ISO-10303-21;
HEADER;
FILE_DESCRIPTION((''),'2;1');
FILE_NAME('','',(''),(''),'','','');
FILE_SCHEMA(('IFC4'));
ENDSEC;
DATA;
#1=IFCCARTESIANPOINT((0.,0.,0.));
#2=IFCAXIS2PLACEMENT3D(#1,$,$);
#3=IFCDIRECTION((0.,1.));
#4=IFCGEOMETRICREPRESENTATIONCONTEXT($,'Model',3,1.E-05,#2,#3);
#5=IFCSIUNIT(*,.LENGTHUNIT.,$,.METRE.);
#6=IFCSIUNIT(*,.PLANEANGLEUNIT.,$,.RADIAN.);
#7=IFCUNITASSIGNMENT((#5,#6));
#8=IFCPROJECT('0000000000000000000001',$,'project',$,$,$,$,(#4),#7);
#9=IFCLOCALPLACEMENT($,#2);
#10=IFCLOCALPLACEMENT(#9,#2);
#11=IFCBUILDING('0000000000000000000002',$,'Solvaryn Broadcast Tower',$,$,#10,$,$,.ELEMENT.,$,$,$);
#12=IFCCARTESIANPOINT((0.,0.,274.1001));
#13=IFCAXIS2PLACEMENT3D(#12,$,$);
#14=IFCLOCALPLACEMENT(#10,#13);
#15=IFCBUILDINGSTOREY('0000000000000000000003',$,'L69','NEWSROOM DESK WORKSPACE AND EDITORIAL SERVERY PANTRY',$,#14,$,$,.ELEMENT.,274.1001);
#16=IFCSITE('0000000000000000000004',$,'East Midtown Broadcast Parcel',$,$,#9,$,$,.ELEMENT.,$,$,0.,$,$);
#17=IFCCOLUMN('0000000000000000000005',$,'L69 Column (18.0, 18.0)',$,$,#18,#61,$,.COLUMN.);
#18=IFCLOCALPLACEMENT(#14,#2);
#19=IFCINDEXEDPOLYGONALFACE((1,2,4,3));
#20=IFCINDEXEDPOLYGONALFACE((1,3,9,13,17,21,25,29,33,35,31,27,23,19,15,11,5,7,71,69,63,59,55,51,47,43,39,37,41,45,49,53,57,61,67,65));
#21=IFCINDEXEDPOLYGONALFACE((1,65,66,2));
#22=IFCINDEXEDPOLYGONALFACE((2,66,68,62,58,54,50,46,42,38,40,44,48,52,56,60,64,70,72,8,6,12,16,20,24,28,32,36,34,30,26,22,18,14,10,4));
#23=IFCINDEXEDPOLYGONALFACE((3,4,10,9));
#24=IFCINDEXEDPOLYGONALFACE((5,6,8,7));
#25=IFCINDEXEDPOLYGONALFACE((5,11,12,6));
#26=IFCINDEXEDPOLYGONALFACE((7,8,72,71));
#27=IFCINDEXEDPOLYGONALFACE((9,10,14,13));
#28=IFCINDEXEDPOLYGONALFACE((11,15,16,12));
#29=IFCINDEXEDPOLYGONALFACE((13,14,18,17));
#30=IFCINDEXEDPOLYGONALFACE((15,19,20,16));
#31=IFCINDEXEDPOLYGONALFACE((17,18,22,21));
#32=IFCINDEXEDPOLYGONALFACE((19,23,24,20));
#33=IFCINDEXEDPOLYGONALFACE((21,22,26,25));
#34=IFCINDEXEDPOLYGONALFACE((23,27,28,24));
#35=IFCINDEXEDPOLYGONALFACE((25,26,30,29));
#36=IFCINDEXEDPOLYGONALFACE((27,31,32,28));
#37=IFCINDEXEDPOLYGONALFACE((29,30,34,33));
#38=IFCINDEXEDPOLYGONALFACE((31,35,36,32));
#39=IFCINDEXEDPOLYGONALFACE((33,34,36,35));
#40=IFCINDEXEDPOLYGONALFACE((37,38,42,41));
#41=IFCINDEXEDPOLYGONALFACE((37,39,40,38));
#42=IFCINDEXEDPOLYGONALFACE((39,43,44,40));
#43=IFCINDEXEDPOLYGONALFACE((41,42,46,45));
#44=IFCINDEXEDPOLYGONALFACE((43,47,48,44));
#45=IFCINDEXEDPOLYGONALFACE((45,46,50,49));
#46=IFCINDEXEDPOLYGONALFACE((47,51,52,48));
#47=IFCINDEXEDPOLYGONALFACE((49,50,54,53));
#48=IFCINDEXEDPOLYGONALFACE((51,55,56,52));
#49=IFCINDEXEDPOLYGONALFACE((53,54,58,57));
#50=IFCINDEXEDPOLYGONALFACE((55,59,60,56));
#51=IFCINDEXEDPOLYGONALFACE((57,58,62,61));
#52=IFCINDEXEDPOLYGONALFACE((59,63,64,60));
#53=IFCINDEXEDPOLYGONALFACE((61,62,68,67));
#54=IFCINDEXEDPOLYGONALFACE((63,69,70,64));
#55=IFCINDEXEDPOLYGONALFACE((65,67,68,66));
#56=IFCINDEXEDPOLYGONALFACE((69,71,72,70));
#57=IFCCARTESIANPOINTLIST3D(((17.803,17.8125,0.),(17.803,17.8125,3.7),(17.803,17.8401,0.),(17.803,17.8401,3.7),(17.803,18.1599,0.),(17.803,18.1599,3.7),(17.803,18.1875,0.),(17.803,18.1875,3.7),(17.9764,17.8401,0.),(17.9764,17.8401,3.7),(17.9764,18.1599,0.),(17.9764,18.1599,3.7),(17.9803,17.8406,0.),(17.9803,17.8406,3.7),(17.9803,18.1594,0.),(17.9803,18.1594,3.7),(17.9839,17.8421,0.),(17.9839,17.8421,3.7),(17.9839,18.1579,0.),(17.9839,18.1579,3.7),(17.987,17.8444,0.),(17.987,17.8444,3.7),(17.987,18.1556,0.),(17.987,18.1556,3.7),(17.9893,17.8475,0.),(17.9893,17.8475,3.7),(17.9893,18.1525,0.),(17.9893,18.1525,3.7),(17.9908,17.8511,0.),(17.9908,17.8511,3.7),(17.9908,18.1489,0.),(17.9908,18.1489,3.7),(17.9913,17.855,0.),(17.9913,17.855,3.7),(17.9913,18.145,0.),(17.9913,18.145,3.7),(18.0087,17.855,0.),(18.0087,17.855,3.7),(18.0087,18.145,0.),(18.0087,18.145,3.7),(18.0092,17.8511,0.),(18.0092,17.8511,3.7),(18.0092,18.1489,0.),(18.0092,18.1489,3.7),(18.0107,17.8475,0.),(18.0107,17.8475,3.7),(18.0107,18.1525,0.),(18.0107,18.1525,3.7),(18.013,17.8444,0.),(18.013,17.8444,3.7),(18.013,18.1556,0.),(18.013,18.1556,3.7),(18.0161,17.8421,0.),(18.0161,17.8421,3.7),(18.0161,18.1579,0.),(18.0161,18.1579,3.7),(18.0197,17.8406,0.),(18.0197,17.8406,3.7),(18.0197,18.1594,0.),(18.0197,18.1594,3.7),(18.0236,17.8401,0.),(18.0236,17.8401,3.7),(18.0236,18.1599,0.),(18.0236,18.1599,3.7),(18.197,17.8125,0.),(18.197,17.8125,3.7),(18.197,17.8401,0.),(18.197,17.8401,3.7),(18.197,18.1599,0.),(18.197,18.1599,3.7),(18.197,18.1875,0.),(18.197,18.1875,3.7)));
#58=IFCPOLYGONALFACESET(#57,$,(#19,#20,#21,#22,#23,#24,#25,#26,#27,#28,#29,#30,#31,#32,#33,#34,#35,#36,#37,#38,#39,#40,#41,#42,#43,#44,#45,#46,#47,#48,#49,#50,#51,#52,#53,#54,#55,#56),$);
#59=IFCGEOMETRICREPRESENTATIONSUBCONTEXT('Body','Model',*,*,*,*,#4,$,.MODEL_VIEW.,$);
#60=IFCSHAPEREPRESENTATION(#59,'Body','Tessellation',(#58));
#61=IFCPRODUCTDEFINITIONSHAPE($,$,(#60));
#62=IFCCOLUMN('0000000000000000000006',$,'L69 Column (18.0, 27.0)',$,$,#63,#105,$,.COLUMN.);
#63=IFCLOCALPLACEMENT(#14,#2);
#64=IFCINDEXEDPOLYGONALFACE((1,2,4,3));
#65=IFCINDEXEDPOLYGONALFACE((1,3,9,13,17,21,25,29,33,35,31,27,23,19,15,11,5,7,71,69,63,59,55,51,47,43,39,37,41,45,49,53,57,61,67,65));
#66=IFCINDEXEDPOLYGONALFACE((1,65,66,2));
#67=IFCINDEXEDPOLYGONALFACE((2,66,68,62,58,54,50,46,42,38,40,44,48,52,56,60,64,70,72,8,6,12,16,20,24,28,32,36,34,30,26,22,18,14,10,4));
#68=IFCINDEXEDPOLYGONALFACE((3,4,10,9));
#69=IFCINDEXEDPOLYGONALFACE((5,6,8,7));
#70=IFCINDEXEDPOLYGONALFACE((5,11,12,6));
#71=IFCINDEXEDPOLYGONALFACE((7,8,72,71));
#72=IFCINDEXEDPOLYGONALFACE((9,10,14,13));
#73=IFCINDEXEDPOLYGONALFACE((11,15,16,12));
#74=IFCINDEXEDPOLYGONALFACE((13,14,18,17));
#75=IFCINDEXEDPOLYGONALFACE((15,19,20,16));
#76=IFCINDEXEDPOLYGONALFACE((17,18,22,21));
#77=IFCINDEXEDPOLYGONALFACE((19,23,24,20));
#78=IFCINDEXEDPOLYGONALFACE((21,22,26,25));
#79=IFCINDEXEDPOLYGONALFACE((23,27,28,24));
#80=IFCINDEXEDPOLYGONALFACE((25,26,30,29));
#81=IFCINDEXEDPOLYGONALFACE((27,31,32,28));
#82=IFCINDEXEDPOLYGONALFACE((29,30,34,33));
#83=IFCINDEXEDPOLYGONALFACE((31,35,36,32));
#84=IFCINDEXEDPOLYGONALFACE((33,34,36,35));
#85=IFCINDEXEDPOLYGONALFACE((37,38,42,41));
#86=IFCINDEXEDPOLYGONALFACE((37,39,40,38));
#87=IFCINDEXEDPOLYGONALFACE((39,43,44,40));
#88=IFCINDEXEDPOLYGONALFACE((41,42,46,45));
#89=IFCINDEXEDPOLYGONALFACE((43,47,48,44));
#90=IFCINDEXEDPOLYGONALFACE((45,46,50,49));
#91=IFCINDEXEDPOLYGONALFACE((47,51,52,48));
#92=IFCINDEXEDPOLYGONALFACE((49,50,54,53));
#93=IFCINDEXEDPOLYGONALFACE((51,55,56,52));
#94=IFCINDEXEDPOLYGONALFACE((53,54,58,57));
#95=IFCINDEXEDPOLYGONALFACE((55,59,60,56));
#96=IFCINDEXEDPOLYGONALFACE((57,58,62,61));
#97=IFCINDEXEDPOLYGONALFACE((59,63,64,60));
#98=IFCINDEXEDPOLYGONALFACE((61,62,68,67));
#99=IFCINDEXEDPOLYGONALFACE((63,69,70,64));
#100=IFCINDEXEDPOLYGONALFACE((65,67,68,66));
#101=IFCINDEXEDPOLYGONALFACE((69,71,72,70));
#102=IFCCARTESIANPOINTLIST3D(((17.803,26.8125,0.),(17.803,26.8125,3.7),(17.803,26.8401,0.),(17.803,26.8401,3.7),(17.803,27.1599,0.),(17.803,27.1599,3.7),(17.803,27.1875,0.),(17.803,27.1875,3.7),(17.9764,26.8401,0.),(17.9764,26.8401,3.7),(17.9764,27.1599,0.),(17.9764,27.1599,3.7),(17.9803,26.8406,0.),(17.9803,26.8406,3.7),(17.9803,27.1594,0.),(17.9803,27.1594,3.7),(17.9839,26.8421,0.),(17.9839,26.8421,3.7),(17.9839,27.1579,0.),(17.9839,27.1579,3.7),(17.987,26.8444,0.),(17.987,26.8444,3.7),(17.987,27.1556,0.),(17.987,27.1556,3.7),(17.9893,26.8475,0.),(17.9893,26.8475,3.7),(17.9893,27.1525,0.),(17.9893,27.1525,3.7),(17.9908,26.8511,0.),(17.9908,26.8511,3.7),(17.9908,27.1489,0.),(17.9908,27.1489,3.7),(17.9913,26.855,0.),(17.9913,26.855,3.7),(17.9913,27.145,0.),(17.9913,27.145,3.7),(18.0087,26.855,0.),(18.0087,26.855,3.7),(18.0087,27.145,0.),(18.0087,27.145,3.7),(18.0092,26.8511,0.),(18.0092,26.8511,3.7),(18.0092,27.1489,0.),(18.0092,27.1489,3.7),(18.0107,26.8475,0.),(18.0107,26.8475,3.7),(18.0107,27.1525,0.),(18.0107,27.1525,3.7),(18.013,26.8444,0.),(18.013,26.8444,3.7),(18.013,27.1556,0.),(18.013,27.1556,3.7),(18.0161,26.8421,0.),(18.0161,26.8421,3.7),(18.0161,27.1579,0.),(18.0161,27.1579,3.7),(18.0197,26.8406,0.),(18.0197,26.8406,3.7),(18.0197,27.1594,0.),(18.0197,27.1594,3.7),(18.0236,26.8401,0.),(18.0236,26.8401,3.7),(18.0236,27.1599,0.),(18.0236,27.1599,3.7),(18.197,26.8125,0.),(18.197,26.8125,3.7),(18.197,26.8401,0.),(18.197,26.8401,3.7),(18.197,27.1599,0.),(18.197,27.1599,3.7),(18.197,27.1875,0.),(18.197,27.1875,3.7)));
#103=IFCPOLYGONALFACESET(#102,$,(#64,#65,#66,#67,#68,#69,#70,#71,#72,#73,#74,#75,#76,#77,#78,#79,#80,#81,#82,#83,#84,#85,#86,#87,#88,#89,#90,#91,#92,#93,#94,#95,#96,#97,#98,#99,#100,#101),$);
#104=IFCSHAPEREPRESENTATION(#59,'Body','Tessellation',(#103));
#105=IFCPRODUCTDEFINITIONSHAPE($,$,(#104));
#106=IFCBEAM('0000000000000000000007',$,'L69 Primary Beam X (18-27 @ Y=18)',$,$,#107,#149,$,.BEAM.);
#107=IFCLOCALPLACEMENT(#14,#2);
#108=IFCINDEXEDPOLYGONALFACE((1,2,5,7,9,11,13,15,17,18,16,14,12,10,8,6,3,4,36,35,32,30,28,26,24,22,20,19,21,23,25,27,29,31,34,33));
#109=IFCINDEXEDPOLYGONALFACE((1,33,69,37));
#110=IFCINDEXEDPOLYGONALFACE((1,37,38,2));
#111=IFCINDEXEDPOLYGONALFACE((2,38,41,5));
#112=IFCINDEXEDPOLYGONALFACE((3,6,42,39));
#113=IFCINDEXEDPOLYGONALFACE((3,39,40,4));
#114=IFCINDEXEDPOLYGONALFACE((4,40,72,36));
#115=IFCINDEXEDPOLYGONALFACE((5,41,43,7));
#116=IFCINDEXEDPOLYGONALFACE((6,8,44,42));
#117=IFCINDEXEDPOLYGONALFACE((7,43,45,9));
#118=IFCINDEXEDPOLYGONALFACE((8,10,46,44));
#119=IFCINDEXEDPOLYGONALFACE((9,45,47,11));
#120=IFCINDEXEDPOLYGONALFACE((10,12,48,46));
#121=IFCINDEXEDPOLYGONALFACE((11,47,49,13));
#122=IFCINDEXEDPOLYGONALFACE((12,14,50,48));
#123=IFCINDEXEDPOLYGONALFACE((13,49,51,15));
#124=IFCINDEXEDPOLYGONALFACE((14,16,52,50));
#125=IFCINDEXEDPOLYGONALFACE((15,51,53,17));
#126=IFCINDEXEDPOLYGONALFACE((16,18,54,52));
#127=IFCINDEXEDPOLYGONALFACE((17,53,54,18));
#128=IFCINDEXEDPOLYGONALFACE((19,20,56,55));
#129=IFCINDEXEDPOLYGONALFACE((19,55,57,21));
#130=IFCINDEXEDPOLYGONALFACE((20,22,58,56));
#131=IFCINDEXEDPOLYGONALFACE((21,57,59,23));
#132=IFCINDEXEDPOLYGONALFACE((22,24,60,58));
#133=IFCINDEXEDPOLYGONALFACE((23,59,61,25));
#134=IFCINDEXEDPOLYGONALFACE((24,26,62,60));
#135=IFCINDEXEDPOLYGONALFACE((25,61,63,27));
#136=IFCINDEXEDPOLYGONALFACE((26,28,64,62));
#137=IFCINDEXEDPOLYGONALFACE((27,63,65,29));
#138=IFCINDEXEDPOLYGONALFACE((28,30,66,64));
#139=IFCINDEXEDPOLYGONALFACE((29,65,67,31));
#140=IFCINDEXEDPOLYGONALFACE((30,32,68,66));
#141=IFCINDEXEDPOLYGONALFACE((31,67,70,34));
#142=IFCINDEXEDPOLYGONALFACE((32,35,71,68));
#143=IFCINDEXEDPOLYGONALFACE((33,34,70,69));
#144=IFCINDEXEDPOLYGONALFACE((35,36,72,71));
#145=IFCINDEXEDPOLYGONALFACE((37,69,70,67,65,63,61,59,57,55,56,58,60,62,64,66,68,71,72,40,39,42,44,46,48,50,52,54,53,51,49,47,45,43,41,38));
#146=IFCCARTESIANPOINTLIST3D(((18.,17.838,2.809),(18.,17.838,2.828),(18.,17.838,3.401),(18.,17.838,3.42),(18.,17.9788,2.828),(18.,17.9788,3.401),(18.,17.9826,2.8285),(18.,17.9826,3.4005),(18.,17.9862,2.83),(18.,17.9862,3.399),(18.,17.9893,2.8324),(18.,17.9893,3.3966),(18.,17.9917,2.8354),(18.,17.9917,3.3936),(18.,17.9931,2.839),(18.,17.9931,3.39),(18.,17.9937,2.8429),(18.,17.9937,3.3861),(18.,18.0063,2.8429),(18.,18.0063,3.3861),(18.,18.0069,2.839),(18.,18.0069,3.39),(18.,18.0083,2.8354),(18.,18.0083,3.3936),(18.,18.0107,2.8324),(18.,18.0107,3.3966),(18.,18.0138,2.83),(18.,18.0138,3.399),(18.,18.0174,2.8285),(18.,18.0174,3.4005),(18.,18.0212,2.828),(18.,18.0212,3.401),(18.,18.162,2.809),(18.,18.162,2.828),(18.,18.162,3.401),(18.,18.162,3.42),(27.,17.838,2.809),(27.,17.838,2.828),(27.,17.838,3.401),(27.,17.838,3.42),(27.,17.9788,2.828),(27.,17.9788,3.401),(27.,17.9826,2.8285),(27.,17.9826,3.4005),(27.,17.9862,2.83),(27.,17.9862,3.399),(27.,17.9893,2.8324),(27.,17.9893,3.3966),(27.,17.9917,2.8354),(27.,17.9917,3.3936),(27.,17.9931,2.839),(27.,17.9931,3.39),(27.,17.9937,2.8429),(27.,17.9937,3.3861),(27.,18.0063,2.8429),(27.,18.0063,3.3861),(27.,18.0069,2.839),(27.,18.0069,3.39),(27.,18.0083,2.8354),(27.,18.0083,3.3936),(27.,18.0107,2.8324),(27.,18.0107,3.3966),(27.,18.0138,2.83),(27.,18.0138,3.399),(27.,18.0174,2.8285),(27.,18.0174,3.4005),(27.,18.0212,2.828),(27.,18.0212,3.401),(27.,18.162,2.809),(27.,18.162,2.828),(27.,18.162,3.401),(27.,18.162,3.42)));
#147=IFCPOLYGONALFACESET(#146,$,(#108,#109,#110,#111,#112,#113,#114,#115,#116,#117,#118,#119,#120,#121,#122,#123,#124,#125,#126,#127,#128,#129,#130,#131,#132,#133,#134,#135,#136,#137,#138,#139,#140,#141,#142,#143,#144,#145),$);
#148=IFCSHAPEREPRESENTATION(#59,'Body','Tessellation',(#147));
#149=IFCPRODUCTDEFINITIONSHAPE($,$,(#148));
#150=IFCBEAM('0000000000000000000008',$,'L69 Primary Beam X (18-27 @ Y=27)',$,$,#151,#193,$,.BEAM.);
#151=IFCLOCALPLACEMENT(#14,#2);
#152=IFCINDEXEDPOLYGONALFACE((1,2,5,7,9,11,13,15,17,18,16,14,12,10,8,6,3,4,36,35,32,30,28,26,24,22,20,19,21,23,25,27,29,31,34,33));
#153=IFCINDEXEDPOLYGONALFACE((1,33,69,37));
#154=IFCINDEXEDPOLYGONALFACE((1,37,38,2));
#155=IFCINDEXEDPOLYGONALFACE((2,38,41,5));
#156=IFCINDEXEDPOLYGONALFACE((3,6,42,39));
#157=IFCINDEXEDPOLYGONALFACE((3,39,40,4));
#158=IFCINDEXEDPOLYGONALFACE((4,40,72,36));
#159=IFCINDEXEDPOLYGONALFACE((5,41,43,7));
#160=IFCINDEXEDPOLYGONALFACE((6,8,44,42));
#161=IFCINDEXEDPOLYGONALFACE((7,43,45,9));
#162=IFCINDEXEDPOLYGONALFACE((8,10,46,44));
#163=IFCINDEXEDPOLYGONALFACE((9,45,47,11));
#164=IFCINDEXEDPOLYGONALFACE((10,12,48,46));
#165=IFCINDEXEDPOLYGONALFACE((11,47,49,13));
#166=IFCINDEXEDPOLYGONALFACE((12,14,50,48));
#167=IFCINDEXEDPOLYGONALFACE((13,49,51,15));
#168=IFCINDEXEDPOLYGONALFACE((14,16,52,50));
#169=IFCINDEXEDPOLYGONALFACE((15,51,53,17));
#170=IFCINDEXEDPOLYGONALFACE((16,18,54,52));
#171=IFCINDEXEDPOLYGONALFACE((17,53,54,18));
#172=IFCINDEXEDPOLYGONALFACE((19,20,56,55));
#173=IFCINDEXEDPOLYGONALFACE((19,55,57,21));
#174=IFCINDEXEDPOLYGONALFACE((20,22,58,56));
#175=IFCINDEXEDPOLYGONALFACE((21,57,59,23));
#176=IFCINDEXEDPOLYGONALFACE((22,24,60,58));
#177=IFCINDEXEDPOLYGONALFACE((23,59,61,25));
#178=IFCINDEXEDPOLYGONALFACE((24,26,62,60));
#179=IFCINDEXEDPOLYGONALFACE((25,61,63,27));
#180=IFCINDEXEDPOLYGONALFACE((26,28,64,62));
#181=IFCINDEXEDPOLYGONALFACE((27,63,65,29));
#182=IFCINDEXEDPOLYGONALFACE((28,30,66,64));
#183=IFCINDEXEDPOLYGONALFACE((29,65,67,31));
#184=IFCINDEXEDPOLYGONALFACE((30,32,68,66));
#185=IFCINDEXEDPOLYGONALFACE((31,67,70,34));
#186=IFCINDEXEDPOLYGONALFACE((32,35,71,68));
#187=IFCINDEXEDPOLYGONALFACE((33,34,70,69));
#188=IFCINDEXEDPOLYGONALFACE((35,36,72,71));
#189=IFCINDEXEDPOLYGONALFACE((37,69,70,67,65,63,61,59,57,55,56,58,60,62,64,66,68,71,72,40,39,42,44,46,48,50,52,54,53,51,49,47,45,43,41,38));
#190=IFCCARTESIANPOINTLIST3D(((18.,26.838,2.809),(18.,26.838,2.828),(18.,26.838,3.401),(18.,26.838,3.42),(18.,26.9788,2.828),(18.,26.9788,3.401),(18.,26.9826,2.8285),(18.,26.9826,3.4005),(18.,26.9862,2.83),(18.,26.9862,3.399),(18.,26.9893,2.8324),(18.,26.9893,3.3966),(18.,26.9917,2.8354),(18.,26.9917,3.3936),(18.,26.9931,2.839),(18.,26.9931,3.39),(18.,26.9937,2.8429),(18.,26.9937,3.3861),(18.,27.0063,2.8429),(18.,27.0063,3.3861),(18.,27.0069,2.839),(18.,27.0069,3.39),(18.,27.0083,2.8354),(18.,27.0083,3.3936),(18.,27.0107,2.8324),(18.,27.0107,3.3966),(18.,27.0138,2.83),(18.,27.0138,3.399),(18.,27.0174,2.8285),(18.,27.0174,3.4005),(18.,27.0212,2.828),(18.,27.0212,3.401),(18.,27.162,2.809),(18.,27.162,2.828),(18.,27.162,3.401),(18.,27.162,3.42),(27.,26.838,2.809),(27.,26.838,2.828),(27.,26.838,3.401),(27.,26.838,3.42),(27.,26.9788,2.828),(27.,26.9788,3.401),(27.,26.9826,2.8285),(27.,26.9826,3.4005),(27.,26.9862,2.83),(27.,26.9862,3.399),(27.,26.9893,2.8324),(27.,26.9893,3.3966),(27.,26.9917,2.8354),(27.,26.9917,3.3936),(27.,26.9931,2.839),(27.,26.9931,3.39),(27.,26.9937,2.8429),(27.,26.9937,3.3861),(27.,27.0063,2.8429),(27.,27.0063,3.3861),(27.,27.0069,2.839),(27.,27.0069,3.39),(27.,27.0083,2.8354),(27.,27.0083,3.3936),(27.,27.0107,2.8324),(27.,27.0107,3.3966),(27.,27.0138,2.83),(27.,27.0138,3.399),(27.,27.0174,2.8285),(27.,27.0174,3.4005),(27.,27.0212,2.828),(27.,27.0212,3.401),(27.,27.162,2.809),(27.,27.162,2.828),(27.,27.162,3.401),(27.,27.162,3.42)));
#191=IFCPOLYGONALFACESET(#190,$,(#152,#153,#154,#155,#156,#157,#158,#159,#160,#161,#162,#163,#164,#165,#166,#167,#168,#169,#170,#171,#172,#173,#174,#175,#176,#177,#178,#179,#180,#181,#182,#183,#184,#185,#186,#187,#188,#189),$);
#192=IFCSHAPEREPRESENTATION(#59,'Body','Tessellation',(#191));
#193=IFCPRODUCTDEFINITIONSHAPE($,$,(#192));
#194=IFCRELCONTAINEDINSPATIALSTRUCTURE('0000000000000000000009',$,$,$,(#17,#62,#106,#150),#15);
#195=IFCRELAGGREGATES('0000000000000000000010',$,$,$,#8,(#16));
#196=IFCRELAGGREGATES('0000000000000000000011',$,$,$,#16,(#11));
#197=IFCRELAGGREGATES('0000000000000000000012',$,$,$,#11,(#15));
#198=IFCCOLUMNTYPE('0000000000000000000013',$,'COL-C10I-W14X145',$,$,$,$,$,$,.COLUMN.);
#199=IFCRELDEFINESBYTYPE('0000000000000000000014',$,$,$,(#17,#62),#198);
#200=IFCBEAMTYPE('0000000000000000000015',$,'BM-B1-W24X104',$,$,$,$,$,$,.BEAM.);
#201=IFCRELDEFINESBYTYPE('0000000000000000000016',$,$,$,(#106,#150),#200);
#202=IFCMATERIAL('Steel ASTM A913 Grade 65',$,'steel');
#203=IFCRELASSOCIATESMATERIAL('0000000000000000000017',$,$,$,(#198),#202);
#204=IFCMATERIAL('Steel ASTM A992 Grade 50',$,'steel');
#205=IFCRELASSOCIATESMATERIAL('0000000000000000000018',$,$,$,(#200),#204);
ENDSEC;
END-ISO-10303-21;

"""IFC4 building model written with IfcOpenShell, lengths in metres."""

from ifc_helpers import new_model, si_unit, direction, frame, origin, origin_2d, place, context, subcontext, project, spatial, i_section, extrude, material, material_profile, profile_set, type_object, element, save


model = new_model("IFC4")

# Units and contexts
model_context = context("Model", 3, precision=1e-05, world=origin(), true_north=direction((0.0, 1.0)))
body_context = subcontext(model_context, "Body", "Model", "MODEL_VIEW")
ifc_project = project(units=[si_unit("LENGTHUNIT", "METRE"), si_unit("PLANEANGLEUNIT", "RADIAN")], contexts=[model_context])

# Site, building, storey
site_placement = place(None, origin())
site = spatial("IfcSite", under=ifc_project, at=site_placement, Name="East Midtown Broadcast Parcel", CompositionType="ELEMENT", RefElevation=0.0)
building_placement = place(site_placement, origin())
building = spatial("IfcBuilding", under=site, at=building_placement, Name="Solvaryn Broadcast Tower", CompositionType="ELEMENT")
storey_placement = place(building_placement, frame((0.0, 0.0, 274.1001)))
storey = spatial("IfcBuildingStorey", under=building, at=storey_placement, Name="L69", Description="NEWSROOM DESK WORKSPACE AND EDITORIAL SERVERY PANTRY", CompositionType="ELEMENT", Elevation=274.1001)

# Columns
ifc_material_1 = material(Name="Steel ASTM A913 Grade 65", Category="steel")
ifc_material_profile_1 = material_profile(ifc_material_1, i_section(OverallWidth=0.394, OverallDepth=0.375, WebThickness=0.0173, FlangeThickness=0.0276, FilletRadius=0.0149, at=origin_2d()))
ifc_profile_set_1 = profile_set([ifc_material_profile_1], Name="Steel ASTM A913 Grade 65")
column_type = type_object("IfcColumnType", Name="COL-C10I-W14X145", PredefinedType="COLUMN", material=ifc_profile_set_1)
for number, where, z_axis, x_axis, name in (
    (1, (18.0, 18.0, 0.0), (0.0, 0.0, 1.0), (1.0, 0.0, 0.0), "L69 Column (18.0, 18.0)"),
    (2, (18.0, 27.0, 0.0), (0.0, 0.0, 1.0), (1.0, 0.0, 0.0), "L69 Column (18.0, 27.0)"),
):
    element("IfcColumn", number, at=place(storey_placement, frame(where, z_axis=z_axis, x_axis=x_axis)), inside=storey, type_object=column_type, Name=name, PredefinedType="COLUMN", context=body_context, shape_type="SweptSolid", body=[
        extrude(i_section(OverallWidth=0.394, OverallDepth=0.375, WebThickness=0.0173, FlangeThickness=0.0276, FilletRadius=0.0149, at=origin_2d()), origin(), (0.0, 0.0, 1.0), 3.7),
    ])

# Beams
ifc_material_2 = material(Name="Steel ASTM A992 Grade 50", Category="steel")
ifc_material_profile_2 = material_profile(ifc_material_2, i_section(OverallWidth=0.324, OverallDepth=0.6111, WebThickness=0.0127, FlangeThickness=0.019, FilletRadius=0.0149, at=origin_2d()))
ifc_profile_set_2 = profile_set([ifc_material_profile_2], Name="Steel ASTM A992 Grade 50")
beam_type_1 = type_object("IfcBeamType", Name="BM-B1-W24X104", PredefinedType="BEAM", material=ifc_profile_set_2)
for number, where, z_axis, x_axis, name in (
    (3, (18.0, 18.0, 3.1145), (1.0, 0.0, 0.0), (0.0, 1.0, 0.0), "L69 Primary Beam X (18-27 @ Y=18)"),
    (4, (18.0, 27.0, 3.1145), (1.0, 0.0, 0.0), (0.0, 1.0, 0.0), "L69 Primary Beam X (18-27 @ Y=27)"),
):
    element("IfcBeam", number, at=place(storey_placement, frame(where, z_axis=z_axis, x_axis=x_axis)), inside=storey, type_object=beam_type_1, Name=name, PredefinedType="BEAM", context=body_context, shape_type="SweptSolid", body=[
        extrude(i_section(OverallWidth=0.324, OverallDepth=0.6111, WebThickness=0.0127, FlangeThickness=0.019, FilletRadius=0.0149, at=origin_2d()), origin(), (0.0, 0.0, 1.0), 9.0),
    ])

save(model, "model.ifc")
